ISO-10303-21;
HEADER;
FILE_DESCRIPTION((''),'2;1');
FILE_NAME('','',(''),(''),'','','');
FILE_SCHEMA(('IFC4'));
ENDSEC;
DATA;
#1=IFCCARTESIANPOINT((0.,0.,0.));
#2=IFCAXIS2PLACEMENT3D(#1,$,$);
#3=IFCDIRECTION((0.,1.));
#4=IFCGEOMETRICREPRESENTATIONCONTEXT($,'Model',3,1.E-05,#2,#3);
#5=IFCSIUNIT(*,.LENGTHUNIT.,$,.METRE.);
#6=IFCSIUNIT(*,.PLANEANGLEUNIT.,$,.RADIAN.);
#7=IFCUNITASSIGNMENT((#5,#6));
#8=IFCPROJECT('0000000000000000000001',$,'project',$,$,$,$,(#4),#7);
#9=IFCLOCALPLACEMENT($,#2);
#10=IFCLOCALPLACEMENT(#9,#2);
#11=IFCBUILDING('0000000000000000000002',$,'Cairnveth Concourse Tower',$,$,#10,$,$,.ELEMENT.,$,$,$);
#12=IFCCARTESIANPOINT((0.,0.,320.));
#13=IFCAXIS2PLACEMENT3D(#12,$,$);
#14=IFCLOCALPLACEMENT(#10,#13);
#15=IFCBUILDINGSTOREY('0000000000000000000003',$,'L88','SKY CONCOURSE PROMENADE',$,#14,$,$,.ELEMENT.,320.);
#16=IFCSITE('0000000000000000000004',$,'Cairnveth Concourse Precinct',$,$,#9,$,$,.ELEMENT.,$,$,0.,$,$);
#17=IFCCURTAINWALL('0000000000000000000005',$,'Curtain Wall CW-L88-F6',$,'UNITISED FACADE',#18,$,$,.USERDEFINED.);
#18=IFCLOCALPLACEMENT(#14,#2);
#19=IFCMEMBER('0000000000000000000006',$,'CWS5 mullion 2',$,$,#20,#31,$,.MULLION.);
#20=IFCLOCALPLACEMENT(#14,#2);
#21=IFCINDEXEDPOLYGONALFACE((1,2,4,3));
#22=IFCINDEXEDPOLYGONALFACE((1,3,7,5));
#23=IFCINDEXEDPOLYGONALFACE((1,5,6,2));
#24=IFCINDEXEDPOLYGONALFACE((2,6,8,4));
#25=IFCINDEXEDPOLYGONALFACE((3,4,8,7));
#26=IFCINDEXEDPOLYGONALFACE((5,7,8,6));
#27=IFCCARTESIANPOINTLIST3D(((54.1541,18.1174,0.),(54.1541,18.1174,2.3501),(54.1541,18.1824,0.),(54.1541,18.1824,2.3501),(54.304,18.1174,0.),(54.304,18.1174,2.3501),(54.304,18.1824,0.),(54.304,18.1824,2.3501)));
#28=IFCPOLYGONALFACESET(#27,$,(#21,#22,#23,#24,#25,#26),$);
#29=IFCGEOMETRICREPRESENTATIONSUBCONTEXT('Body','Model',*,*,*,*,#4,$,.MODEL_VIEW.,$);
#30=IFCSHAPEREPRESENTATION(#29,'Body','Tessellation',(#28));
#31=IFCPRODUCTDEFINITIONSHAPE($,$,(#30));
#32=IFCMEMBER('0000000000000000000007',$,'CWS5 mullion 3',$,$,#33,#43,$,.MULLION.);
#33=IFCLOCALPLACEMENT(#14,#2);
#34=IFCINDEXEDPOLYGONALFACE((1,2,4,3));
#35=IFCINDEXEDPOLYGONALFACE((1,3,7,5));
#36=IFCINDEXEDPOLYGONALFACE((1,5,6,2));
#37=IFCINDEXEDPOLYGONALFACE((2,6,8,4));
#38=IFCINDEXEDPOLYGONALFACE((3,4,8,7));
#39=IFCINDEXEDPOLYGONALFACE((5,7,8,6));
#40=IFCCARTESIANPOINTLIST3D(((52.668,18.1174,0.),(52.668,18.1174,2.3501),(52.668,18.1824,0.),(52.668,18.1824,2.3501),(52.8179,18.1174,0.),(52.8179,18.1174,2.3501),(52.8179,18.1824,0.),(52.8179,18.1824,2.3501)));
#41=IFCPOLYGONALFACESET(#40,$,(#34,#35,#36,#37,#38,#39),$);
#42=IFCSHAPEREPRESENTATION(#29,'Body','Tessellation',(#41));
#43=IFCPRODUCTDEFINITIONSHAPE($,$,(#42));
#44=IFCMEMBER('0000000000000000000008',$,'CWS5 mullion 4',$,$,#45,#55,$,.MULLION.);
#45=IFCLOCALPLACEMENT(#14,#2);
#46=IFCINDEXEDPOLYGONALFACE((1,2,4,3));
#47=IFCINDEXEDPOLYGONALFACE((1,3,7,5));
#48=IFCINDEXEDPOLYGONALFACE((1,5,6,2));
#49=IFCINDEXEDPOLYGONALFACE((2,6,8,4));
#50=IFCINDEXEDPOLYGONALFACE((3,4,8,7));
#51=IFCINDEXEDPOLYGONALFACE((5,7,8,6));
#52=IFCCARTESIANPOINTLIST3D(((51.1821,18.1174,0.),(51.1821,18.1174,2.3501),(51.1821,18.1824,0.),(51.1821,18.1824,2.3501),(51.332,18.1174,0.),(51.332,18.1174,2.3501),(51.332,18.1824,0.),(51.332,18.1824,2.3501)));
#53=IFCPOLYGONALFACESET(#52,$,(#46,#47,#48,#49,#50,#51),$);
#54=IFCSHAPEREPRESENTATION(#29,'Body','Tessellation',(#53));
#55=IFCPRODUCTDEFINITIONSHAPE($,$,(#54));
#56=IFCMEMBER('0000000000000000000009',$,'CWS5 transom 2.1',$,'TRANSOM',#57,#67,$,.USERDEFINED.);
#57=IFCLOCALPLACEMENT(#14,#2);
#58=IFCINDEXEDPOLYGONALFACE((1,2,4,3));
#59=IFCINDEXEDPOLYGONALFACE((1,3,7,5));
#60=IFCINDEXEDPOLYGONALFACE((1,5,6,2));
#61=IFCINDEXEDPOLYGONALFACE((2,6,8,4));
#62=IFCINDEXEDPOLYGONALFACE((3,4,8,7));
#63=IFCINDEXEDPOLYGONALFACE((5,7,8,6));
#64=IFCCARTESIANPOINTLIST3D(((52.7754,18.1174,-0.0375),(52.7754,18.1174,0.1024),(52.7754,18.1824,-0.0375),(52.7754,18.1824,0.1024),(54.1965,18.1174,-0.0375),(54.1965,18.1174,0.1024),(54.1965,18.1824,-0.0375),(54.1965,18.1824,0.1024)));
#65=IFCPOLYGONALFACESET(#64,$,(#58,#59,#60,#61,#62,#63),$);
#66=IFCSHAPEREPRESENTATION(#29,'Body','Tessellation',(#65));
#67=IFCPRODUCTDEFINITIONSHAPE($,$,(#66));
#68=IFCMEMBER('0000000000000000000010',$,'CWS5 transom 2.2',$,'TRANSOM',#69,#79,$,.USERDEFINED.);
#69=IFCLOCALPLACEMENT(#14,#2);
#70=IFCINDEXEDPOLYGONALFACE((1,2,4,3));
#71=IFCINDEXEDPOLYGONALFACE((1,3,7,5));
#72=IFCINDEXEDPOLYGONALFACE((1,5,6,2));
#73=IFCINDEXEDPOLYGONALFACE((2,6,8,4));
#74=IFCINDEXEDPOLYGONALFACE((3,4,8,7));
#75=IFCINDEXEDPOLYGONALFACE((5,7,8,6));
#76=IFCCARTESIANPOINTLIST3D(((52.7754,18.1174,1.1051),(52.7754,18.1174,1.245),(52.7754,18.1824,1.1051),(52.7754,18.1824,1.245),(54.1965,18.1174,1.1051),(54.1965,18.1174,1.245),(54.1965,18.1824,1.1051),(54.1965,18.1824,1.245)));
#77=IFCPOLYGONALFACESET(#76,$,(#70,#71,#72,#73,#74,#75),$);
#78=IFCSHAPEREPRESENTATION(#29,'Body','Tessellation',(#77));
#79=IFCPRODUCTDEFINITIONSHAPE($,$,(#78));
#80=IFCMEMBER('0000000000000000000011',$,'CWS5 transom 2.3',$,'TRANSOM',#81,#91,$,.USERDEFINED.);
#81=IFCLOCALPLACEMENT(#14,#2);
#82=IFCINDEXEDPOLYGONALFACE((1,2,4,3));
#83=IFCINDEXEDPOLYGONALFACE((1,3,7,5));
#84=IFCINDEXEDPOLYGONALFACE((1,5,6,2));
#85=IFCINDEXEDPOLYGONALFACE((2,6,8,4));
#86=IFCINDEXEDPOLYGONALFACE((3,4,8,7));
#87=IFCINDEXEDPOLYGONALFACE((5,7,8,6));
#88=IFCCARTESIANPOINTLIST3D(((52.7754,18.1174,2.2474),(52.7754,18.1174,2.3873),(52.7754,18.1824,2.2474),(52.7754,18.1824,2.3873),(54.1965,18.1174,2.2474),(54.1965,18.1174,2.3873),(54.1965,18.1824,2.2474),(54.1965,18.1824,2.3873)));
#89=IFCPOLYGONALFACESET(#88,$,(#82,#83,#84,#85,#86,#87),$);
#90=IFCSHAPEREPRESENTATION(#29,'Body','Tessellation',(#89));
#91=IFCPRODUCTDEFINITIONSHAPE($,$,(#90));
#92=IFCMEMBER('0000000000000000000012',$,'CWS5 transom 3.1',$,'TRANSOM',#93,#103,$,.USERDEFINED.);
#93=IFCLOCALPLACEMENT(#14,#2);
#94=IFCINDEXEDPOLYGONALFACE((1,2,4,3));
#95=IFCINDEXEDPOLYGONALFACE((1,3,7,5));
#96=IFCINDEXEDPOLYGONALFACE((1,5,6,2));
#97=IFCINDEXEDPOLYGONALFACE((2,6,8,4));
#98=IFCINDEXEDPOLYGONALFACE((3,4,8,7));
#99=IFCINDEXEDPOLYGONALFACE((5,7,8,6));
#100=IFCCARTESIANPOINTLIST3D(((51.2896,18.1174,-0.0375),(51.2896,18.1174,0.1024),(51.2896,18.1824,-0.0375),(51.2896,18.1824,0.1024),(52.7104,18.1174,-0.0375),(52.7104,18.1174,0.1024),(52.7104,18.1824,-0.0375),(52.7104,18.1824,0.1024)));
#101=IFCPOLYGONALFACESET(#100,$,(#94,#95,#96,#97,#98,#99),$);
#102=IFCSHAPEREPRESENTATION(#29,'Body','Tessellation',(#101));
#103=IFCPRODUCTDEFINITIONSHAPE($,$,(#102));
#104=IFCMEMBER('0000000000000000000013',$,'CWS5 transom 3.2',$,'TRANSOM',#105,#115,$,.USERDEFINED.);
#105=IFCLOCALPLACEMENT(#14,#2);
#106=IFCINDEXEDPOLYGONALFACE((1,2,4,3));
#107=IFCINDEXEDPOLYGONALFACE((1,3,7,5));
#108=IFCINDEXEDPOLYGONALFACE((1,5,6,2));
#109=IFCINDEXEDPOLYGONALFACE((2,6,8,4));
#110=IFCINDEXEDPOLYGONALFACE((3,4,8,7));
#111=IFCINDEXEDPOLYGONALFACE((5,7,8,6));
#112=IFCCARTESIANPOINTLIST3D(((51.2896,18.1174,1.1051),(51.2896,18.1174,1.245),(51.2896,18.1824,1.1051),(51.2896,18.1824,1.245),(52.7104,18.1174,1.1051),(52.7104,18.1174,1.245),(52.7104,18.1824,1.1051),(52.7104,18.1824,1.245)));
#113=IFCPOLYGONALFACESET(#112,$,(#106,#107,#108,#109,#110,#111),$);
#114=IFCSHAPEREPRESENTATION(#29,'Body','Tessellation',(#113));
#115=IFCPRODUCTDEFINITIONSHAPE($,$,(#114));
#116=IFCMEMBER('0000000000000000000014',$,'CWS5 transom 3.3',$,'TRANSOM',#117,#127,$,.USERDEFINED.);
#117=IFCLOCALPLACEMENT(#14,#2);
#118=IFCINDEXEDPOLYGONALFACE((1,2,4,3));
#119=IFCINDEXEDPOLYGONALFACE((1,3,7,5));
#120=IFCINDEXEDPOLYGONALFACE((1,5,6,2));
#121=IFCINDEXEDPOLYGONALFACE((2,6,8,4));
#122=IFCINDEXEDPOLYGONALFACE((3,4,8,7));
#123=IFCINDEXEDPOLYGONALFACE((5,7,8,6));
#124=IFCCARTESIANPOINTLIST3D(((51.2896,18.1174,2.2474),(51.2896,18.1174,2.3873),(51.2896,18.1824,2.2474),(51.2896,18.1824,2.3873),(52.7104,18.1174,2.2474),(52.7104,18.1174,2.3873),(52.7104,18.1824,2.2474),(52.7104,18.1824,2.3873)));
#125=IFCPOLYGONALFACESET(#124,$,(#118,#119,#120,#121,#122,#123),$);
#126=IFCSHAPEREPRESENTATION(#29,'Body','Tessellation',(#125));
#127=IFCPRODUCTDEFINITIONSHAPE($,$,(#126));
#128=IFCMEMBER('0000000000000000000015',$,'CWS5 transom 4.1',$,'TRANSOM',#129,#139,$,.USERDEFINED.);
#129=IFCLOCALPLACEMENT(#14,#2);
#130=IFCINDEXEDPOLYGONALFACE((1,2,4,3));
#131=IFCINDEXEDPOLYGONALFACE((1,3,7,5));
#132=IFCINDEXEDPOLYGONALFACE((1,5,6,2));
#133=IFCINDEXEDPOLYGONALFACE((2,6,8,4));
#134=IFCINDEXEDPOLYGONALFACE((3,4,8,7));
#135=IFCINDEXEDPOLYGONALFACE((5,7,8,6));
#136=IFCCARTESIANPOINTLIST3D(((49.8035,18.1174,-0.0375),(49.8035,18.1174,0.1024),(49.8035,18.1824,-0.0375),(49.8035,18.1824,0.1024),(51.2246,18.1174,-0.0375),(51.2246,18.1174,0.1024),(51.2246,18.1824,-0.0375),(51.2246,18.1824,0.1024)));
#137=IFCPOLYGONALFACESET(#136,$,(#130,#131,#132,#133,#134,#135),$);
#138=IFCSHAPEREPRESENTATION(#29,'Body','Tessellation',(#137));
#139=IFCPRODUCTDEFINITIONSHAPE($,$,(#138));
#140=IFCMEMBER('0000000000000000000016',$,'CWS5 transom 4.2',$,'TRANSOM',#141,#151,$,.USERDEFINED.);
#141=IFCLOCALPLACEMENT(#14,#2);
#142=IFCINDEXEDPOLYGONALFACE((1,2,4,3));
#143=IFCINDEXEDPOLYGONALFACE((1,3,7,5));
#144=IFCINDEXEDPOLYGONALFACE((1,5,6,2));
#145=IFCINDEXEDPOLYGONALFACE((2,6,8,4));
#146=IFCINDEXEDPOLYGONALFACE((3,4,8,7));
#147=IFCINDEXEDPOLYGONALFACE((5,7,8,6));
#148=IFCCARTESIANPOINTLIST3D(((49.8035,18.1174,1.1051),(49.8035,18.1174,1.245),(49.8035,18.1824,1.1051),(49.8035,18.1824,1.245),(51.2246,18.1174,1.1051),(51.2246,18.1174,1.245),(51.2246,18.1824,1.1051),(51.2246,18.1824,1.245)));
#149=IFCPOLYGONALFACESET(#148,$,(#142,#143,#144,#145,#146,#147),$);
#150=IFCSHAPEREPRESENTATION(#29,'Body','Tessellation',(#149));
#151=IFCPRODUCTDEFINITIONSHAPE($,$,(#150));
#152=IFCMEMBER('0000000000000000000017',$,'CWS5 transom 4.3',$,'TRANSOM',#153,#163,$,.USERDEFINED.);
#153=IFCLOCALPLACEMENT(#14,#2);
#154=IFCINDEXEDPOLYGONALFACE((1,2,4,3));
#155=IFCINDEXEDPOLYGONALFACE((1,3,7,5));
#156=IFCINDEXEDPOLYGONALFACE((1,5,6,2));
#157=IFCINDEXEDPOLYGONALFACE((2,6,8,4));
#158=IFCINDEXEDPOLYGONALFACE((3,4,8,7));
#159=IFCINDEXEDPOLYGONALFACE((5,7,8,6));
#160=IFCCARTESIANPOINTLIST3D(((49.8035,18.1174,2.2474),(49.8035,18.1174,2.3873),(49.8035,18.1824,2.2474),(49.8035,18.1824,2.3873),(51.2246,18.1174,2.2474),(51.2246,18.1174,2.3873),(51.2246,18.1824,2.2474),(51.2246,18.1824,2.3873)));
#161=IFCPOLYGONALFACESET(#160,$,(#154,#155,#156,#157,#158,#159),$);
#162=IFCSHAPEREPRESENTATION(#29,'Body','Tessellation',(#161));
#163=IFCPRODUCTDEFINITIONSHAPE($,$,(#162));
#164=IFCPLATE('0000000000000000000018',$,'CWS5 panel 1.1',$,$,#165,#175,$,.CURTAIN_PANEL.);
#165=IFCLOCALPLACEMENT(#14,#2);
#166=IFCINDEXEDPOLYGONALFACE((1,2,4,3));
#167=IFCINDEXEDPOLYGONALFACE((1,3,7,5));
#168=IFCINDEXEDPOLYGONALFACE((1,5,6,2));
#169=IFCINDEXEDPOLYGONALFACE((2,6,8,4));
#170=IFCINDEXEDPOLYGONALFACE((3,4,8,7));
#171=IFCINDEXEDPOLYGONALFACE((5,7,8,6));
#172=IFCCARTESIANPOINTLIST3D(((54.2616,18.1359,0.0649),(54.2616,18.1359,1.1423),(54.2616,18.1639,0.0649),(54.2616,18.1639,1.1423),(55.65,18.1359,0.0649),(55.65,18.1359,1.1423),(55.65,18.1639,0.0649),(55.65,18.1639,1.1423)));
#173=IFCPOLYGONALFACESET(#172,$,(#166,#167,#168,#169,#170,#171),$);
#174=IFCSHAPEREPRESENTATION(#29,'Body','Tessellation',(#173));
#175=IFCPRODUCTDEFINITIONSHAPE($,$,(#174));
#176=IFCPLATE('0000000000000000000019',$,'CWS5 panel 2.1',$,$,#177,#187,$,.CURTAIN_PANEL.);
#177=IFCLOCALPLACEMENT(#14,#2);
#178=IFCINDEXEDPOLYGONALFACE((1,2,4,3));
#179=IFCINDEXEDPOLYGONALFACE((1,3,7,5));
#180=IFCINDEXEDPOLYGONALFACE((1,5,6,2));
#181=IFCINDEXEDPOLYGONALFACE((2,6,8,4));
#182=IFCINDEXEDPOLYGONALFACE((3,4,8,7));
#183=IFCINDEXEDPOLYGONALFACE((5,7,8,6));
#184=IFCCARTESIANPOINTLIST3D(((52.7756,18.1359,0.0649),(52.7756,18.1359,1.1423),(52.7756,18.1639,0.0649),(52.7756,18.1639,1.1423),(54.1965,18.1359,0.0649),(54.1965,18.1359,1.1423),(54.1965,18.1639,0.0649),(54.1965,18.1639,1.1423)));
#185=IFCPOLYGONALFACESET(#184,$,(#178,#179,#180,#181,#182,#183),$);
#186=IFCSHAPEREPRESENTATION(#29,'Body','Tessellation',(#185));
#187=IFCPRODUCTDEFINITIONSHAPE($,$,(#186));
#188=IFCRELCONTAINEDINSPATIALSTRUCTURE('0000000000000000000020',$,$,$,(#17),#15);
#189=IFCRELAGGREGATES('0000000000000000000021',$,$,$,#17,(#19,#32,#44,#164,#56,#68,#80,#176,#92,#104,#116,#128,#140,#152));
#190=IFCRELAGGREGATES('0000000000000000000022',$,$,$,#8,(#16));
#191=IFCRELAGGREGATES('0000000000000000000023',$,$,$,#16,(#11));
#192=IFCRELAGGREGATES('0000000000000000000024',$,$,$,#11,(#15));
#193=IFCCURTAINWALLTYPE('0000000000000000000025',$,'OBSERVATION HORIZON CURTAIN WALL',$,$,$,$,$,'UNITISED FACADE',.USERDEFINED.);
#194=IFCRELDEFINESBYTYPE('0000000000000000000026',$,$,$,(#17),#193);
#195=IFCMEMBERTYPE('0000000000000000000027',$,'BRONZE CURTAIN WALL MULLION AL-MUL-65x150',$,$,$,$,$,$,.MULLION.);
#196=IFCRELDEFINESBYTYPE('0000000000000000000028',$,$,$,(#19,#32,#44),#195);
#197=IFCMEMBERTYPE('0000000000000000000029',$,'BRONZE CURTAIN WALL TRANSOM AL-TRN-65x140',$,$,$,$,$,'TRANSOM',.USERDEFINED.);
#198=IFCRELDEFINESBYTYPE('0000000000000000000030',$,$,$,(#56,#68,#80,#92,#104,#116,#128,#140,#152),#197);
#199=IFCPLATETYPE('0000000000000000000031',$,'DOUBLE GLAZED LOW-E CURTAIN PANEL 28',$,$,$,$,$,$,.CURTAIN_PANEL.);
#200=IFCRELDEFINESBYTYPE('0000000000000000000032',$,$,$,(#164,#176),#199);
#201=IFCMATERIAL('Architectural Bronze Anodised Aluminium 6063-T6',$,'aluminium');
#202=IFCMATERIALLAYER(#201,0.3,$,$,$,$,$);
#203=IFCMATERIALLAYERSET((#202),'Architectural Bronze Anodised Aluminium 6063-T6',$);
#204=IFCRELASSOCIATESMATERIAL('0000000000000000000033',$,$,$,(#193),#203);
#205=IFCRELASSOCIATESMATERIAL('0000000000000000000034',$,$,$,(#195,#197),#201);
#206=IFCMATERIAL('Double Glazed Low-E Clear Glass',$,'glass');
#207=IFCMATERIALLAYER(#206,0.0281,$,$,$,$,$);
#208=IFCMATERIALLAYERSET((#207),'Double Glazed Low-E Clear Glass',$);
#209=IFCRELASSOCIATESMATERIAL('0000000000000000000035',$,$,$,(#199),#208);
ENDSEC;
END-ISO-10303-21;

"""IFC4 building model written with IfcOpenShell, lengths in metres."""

from ifc_helpers import new_model, si_unit, direction, frame, origin, origin_2d, place, context, subcontext, project, spatial, rectangle, extrude, material, layer, layer_set, material_profile, profile_set, type_object, element, aggregate, save


model = new_model("IFC4")

# Units and contexts
model_context = context("Model", 3, precision=1e-05, world=origin(), true_north=direction((0.0, 1.0)))
body_context = subcontext(model_context, "Body", "Model", "MODEL_VIEW")
ifc_project = project(units=[si_unit("LENGTHUNIT", "METRE"), si_unit("PLANEANGLEUNIT", "RADIAN")], contexts=[model_context])

# Site, building, storey
site_placement = place(None, origin())
site = spatial("IfcSite", under=ifc_project, at=site_placement, Name="Cairnveth Concourse Precinct", CompositionType="ELEMENT", RefElevation=0.0)
building_placement = place(site_placement, origin())
building = spatial("IfcBuilding", under=site, at=building_placement, Name="Cairnveth Concourse Tower", CompositionType="ELEMENT")
storey_placement = place(building_placement, frame((0.0, 0.0, 320.0)))
storey = spatial("IfcBuildingStorey", under=building, at=storey_placement, Name="L88", Description="SKY CONCOURSE PROMENADE", CompositionType="ELEMENT", Elevation=320.0)

# Curtain wall, members, plates
ifc_material_1 = material(Name="Architectural Bronze Anodised Aluminium 6063-T6", Category="aluminium")
ifc_layer_1 = layer(ifc_material_1, 0.3)
ifc_layer_set_1 = layer_set([ifc_layer_1], Name="Architectural Bronze Anodised Aluminium 6063-T6")
curtain_wall_type = type_object("IfcCurtainWallType", Name="OBSERVATION HORIZON CURTAIN WALL", ElementType="UNITISED FACADE", PredefinedType="USERDEFINED", material=ifc_layer_set_1)
curtain_wall_placement = place(storey_placement, origin())
curtain_wall = element("IfcCurtainWall", 1, at=curtain_wall_placement, inside=storey, type_object=curtain_wall_type, Name="Curtain Wall CW-L88-F6", ObjectType="UNITISED FACADE", PredefinedType="USERDEFINED")
ifc_material_profile_1 = material_profile(ifc_material_1, rectangle(XDim=0.0649, YDim=0.1499, at=origin_2d()), Name="AL-MUL-65x150")
ifc_profile_set_1 = profile_set([ifc_material_profile_1], Name="Architectural Bronze Anodised Aluminium 6063-T6")
member_type_1 = type_object("IfcMemberType", Name="BRONZE CURTAIN WALL MULLION AL-MUL-65x150", PredefinedType="MULLION", material=ifc_profile_set_1)
member_1_placement = place(storey_placement, frame((54.229, 18.1499, 0.0), z_axis=(0.0, 0.0, 1.0), x_axis=(0.0, -1.0, 0.0)))
member_1 = element("IfcMember", 2, at=member_1_placement, type_object=member_type_1, Name="CWS5 mullion 2", PredefinedType="MULLION", context=body_context, shape_type="SweptSolid", body=[
    extrude(rectangle(XDim=0.0649, YDim=0.1499, at=origin_2d()), origin(), (0.0, 0.0, 1.0), 2.3501),
])
member_2_placement = place(storey_placement, frame((52.7429, 18.1499, 0.0), z_axis=(0.0, 0.0, 1.0), x_axis=(0.0, -1.0, 0.0)))
member_2 = element("IfcMember", 3, at=member_2_placement, type_object=member_type_1, Name="CWS5 mullion 3", PredefinedType="MULLION", context=body_context, shape_type="SweptSolid", body=[
    extrude(rectangle(XDim=0.0649, YDim=0.1499, at=origin_2d()), origin(), (0.0, 0.0, 1.0), 2.3501),
])
member_3_placement = place(storey_placement, frame((51.2571, 18.1499, 0.0), z_axis=(0.0, 0.0, 1.0), x_axis=(0.0, -1.0, 0.0)))
member_3 = element("IfcMember", 4, at=member_3_placement, type_object=member_type_1, Name="CWS5 mullion 4", PredefinedType="MULLION", context=body_context, shape_type="SweptSolid", body=[
    extrude(rectangle(XDim=0.0649, YDim=0.1499, at=origin_2d()), origin(), (0.0, 0.0, 1.0), 2.3501),
])
ifc_material_profile_2 = material_profile(ifc_material_1, rectangle(XDim=0.0649, YDim=0.1399, at=origin_2d()), Name="AL-TRN-65x140")
ifc_profile_set_2 = profile_set([ifc_material_profile_2], Name="Architectural Bronze Anodised Aluminium 6063-T6")
member_type_2 = type_object("IfcMemberType", Name="BRONZE CURTAIN WALL TRANSOM AL-TRN-65x140", ElementType="TRANSOM", PredefinedType="USERDEFINED", material=ifc_profile_set_2)
member_4_placement = place(storey_placement, frame((54.1965, 18.1499, 0.0325), z_axis=(-1.0, 0.0, 0.0), x_axis=(0.0, -1.0, 0.0)))
member_4 = element("IfcMember", 5, at=member_4_placement, type_object=member_type_2, Name="CWS5 transom 2.1", ObjectType="TRANSOM", PredefinedType="USERDEFINED", context=body_context, shape_type="SweptSolid", body=[
    extrude(rectangle(XDim=0.0649, YDim=0.1399, at=origin_2d()), origin(), (0.0, 0.0, 1.0), 1.4211),
])
member_5_placement = place(storey_placement, frame((54.1965, 18.1499, 1.175), z_axis=(-1.0, 0.0, 0.0), x_axis=(0.0, -1.0, 0.0)))
member_5 = element("IfcMember", 6, at=member_5_placement, type_object=member_type_2, Name="CWS5 transom 2.2", ObjectType="TRANSOM", PredefinedType="USERDEFINED", context=body_context, shape_type="SweptSolid", body=[
    extrude(rectangle(XDim=0.0649, YDim=0.1399, at=origin_2d()), origin(), (0.0, 0.0, 1.0), 1.4211),
])
member_6_placement = place(storey_placement, frame((54.1965, 18.1499, 2.3174), z_axis=(-1.0, 0.0, 0.0), x_axis=(0.0, -1.0, 0.0)))
member_6 = element("IfcMember", 7, at=member_6_placement, type_object=member_type_2, Name="CWS5 transom 2.3", ObjectType="TRANSOM", PredefinedType="USERDEFINED", context=body_context, shape_type="SweptSolid", body=[
    extrude(rectangle(XDim=0.0649, YDim=0.1399, at=origin_2d()), origin(), (0.0, 0.0, 1.0), 1.4211),
])
member_7_placement = place(storey_placement, frame((52.7104, 18.1499, 0.0325), z_axis=(-1.0, 0.0, 0.0), x_axis=(0.0, -1.0, 0.0)))
member_7 = element("IfcMember", 8, at=member_7_placement, type_object=member_type_2, Name="CWS5 transom 3.1", ObjectType="TRANSOM", PredefinedType="USERDEFINED", context=body_context, shape_type="SweptSolid", body=[
    extrude(rectangle(XDim=0.0649, YDim=0.1399, at=origin_2d()), origin(), (0.0, 0.0, 1.0), 1.4209),
])
member_8_placement = place(storey_placement, frame((52.7104, 18.1499, 1.175), z_axis=(-1.0, 0.0, 0.0), x_axis=(0.0, -1.0, 0.0)))
member_8 = element("IfcMember", 9, at=member_8_placement, type_object=member_type_2, Name="CWS5 transom 3.2", ObjectType="TRANSOM", PredefinedType="USERDEFINED", context=body_context, shape_type="SweptSolid", body=[
    extrude(rectangle(XDim=0.0649, YDim=0.1399, at=origin_2d()), origin(), (0.0, 0.0, 1.0), 1.4209),
])
member_9_placement = place(storey_placement, frame((52.7104, 18.1499, 2.3174), z_axis=(-1.0, 0.0, 0.0), x_axis=(0.0, -1.0, 0.0)))
member_9 = element("IfcMember", 10, at=member_9_placement, type_object=member_type_2, Name="CWS5 transom 3.3", ObjectType="TRANSOM", PredefinedType="USERDEFINED", context=body_context, shape_type="SweptSolid", body=[
    extrude(rectangle(XDim=0.0649, YDim=0.1399, at=origin_2d()), origin(), (0.0, 0.0, 1.0), 1.4209),
])
member_10_placement = place(storey_placement, frame((51.2246, 18.1499, 0.0325), z_axis=(-1.0, 0.0, 0.0), x_axis=(0.0, -1.0, 0.0)))
member_10 = element("IfcMember", 11, at=member_10_placement, type_object=member_type_2, Name="CWS5 transom 4.1", ObjectType="TRANSOM", PredefinedType="USERDEFINED", context=body_context, shape_type="SweptSolid", body=[
    extrude(rectangle(XDim=0.0649, YDim=0.1399, at=origin_2d()), origin(), (0.0, 0.0, 1.0), 1.4211),
])
member_11_placement = place(storey_placement, frame((51.2246, 18.1499, 1.175), z_axis=(-1.0, 0.0, 0.0), x_axis=(0.0, -1.0, 0.0)))
member_11 = element("IfcMember", 12, at=member_11_placement, type_object=member_type_2, Name="CWS5 transom 4.2", ObjectType="TRANSOM", PredefinedType="USERDEFINED", context=body_context, shape_type="SweptSolid", body=[
    extrude(rectangle(XDim=0.0649, YDim=0.1399, at=origin_2d()), origin(), (0.0, 0.0, 1.0), 1.4211),
])
member_12_placement = place(storey_placement, frame((51.2246, 18.1499, 2.3174), z_axis=(-1.0, 0.0, 0.0), x_axis=(0.0, -1.0, 0.0)))
member_12 = element("IfcMember", 13, at=member_12_placement, type_object=member_type_2, Name="CWS5 transom 4.3", ObjectType="TRANSOM", PredefinedType="USERDEFINED", context=body_context, shape_type="SweptSolid", body=[
    extrude(rectangle(XDim=0.0649, YDim=0.1399, at=origin_2d()), origin(), (0.0, 0.0, 1.0), 1.4211),
])
ifc_material_2 = material(Name="Double Glazed Low-E Clear Glass", Category="glass")
ifc_layer_2 = layer(ifc_material_2, 0.0281)
ifc_layer_set_2 = layer_set([ifc_layer_2], Name="Double Glazed Low-E Clear Glass")
plate_type = type_object("IfcPlateType", Name="DOUBLE GLAZED LOW-E CURTAIN PANEL 28", PredefinedType="CURTAIN_PANEL", material=ifc_layer_set_2)
plate_1_placement = place(storey_placement, frame((54.9558, 18.1499, 0.0649), z_axis=(0.0, 0.0, 1.0), x_axis=(-1.0, 0.0, 0.0)))
plate_1 = element("IfcPlate", 14, at=plate_1_placement, type_object=plate_type, Name="CWS5 panel 1.1", PredefinedType="CURTAIN_PANEL", context=body_context, shape_type="SweptSolid", body=[
    extrude(rectangle(XDim=1.3884, YDim=0.0281, at=origin_2d()), origin(), (0.0, 0.0, 1.0), 1.0774),
])
plate_2_placement = place(storey_placement, frame((53.4861, 18.1499, 0.0649), z_axis=(0.0, 0.0, 1.0), x_axis=(-1.0, 0.0, 0.0)))
plate_2 = element("IfcPlate", 15, at=plate_2_placement, type_object=plate_type, Name="CWS5 panel 2.1", PredefinedType="CURTAIN_PANEL", context=body_context, shape_type="SweptSolid", body=[
    extrude(rectangle(XDim=1.4209, YDim=0.0281, at=origin_2d()), origin(), (0.0, 0.0, 1.0), 1.0774),
])
aggregate(curtain_wall, [member_1, member_2, member_3, plate_1, member_4, member_5, member_6, plate_2, member_7, member_8, member_9, member_10, member_11, member_12])

save(model, "model.ifc")
